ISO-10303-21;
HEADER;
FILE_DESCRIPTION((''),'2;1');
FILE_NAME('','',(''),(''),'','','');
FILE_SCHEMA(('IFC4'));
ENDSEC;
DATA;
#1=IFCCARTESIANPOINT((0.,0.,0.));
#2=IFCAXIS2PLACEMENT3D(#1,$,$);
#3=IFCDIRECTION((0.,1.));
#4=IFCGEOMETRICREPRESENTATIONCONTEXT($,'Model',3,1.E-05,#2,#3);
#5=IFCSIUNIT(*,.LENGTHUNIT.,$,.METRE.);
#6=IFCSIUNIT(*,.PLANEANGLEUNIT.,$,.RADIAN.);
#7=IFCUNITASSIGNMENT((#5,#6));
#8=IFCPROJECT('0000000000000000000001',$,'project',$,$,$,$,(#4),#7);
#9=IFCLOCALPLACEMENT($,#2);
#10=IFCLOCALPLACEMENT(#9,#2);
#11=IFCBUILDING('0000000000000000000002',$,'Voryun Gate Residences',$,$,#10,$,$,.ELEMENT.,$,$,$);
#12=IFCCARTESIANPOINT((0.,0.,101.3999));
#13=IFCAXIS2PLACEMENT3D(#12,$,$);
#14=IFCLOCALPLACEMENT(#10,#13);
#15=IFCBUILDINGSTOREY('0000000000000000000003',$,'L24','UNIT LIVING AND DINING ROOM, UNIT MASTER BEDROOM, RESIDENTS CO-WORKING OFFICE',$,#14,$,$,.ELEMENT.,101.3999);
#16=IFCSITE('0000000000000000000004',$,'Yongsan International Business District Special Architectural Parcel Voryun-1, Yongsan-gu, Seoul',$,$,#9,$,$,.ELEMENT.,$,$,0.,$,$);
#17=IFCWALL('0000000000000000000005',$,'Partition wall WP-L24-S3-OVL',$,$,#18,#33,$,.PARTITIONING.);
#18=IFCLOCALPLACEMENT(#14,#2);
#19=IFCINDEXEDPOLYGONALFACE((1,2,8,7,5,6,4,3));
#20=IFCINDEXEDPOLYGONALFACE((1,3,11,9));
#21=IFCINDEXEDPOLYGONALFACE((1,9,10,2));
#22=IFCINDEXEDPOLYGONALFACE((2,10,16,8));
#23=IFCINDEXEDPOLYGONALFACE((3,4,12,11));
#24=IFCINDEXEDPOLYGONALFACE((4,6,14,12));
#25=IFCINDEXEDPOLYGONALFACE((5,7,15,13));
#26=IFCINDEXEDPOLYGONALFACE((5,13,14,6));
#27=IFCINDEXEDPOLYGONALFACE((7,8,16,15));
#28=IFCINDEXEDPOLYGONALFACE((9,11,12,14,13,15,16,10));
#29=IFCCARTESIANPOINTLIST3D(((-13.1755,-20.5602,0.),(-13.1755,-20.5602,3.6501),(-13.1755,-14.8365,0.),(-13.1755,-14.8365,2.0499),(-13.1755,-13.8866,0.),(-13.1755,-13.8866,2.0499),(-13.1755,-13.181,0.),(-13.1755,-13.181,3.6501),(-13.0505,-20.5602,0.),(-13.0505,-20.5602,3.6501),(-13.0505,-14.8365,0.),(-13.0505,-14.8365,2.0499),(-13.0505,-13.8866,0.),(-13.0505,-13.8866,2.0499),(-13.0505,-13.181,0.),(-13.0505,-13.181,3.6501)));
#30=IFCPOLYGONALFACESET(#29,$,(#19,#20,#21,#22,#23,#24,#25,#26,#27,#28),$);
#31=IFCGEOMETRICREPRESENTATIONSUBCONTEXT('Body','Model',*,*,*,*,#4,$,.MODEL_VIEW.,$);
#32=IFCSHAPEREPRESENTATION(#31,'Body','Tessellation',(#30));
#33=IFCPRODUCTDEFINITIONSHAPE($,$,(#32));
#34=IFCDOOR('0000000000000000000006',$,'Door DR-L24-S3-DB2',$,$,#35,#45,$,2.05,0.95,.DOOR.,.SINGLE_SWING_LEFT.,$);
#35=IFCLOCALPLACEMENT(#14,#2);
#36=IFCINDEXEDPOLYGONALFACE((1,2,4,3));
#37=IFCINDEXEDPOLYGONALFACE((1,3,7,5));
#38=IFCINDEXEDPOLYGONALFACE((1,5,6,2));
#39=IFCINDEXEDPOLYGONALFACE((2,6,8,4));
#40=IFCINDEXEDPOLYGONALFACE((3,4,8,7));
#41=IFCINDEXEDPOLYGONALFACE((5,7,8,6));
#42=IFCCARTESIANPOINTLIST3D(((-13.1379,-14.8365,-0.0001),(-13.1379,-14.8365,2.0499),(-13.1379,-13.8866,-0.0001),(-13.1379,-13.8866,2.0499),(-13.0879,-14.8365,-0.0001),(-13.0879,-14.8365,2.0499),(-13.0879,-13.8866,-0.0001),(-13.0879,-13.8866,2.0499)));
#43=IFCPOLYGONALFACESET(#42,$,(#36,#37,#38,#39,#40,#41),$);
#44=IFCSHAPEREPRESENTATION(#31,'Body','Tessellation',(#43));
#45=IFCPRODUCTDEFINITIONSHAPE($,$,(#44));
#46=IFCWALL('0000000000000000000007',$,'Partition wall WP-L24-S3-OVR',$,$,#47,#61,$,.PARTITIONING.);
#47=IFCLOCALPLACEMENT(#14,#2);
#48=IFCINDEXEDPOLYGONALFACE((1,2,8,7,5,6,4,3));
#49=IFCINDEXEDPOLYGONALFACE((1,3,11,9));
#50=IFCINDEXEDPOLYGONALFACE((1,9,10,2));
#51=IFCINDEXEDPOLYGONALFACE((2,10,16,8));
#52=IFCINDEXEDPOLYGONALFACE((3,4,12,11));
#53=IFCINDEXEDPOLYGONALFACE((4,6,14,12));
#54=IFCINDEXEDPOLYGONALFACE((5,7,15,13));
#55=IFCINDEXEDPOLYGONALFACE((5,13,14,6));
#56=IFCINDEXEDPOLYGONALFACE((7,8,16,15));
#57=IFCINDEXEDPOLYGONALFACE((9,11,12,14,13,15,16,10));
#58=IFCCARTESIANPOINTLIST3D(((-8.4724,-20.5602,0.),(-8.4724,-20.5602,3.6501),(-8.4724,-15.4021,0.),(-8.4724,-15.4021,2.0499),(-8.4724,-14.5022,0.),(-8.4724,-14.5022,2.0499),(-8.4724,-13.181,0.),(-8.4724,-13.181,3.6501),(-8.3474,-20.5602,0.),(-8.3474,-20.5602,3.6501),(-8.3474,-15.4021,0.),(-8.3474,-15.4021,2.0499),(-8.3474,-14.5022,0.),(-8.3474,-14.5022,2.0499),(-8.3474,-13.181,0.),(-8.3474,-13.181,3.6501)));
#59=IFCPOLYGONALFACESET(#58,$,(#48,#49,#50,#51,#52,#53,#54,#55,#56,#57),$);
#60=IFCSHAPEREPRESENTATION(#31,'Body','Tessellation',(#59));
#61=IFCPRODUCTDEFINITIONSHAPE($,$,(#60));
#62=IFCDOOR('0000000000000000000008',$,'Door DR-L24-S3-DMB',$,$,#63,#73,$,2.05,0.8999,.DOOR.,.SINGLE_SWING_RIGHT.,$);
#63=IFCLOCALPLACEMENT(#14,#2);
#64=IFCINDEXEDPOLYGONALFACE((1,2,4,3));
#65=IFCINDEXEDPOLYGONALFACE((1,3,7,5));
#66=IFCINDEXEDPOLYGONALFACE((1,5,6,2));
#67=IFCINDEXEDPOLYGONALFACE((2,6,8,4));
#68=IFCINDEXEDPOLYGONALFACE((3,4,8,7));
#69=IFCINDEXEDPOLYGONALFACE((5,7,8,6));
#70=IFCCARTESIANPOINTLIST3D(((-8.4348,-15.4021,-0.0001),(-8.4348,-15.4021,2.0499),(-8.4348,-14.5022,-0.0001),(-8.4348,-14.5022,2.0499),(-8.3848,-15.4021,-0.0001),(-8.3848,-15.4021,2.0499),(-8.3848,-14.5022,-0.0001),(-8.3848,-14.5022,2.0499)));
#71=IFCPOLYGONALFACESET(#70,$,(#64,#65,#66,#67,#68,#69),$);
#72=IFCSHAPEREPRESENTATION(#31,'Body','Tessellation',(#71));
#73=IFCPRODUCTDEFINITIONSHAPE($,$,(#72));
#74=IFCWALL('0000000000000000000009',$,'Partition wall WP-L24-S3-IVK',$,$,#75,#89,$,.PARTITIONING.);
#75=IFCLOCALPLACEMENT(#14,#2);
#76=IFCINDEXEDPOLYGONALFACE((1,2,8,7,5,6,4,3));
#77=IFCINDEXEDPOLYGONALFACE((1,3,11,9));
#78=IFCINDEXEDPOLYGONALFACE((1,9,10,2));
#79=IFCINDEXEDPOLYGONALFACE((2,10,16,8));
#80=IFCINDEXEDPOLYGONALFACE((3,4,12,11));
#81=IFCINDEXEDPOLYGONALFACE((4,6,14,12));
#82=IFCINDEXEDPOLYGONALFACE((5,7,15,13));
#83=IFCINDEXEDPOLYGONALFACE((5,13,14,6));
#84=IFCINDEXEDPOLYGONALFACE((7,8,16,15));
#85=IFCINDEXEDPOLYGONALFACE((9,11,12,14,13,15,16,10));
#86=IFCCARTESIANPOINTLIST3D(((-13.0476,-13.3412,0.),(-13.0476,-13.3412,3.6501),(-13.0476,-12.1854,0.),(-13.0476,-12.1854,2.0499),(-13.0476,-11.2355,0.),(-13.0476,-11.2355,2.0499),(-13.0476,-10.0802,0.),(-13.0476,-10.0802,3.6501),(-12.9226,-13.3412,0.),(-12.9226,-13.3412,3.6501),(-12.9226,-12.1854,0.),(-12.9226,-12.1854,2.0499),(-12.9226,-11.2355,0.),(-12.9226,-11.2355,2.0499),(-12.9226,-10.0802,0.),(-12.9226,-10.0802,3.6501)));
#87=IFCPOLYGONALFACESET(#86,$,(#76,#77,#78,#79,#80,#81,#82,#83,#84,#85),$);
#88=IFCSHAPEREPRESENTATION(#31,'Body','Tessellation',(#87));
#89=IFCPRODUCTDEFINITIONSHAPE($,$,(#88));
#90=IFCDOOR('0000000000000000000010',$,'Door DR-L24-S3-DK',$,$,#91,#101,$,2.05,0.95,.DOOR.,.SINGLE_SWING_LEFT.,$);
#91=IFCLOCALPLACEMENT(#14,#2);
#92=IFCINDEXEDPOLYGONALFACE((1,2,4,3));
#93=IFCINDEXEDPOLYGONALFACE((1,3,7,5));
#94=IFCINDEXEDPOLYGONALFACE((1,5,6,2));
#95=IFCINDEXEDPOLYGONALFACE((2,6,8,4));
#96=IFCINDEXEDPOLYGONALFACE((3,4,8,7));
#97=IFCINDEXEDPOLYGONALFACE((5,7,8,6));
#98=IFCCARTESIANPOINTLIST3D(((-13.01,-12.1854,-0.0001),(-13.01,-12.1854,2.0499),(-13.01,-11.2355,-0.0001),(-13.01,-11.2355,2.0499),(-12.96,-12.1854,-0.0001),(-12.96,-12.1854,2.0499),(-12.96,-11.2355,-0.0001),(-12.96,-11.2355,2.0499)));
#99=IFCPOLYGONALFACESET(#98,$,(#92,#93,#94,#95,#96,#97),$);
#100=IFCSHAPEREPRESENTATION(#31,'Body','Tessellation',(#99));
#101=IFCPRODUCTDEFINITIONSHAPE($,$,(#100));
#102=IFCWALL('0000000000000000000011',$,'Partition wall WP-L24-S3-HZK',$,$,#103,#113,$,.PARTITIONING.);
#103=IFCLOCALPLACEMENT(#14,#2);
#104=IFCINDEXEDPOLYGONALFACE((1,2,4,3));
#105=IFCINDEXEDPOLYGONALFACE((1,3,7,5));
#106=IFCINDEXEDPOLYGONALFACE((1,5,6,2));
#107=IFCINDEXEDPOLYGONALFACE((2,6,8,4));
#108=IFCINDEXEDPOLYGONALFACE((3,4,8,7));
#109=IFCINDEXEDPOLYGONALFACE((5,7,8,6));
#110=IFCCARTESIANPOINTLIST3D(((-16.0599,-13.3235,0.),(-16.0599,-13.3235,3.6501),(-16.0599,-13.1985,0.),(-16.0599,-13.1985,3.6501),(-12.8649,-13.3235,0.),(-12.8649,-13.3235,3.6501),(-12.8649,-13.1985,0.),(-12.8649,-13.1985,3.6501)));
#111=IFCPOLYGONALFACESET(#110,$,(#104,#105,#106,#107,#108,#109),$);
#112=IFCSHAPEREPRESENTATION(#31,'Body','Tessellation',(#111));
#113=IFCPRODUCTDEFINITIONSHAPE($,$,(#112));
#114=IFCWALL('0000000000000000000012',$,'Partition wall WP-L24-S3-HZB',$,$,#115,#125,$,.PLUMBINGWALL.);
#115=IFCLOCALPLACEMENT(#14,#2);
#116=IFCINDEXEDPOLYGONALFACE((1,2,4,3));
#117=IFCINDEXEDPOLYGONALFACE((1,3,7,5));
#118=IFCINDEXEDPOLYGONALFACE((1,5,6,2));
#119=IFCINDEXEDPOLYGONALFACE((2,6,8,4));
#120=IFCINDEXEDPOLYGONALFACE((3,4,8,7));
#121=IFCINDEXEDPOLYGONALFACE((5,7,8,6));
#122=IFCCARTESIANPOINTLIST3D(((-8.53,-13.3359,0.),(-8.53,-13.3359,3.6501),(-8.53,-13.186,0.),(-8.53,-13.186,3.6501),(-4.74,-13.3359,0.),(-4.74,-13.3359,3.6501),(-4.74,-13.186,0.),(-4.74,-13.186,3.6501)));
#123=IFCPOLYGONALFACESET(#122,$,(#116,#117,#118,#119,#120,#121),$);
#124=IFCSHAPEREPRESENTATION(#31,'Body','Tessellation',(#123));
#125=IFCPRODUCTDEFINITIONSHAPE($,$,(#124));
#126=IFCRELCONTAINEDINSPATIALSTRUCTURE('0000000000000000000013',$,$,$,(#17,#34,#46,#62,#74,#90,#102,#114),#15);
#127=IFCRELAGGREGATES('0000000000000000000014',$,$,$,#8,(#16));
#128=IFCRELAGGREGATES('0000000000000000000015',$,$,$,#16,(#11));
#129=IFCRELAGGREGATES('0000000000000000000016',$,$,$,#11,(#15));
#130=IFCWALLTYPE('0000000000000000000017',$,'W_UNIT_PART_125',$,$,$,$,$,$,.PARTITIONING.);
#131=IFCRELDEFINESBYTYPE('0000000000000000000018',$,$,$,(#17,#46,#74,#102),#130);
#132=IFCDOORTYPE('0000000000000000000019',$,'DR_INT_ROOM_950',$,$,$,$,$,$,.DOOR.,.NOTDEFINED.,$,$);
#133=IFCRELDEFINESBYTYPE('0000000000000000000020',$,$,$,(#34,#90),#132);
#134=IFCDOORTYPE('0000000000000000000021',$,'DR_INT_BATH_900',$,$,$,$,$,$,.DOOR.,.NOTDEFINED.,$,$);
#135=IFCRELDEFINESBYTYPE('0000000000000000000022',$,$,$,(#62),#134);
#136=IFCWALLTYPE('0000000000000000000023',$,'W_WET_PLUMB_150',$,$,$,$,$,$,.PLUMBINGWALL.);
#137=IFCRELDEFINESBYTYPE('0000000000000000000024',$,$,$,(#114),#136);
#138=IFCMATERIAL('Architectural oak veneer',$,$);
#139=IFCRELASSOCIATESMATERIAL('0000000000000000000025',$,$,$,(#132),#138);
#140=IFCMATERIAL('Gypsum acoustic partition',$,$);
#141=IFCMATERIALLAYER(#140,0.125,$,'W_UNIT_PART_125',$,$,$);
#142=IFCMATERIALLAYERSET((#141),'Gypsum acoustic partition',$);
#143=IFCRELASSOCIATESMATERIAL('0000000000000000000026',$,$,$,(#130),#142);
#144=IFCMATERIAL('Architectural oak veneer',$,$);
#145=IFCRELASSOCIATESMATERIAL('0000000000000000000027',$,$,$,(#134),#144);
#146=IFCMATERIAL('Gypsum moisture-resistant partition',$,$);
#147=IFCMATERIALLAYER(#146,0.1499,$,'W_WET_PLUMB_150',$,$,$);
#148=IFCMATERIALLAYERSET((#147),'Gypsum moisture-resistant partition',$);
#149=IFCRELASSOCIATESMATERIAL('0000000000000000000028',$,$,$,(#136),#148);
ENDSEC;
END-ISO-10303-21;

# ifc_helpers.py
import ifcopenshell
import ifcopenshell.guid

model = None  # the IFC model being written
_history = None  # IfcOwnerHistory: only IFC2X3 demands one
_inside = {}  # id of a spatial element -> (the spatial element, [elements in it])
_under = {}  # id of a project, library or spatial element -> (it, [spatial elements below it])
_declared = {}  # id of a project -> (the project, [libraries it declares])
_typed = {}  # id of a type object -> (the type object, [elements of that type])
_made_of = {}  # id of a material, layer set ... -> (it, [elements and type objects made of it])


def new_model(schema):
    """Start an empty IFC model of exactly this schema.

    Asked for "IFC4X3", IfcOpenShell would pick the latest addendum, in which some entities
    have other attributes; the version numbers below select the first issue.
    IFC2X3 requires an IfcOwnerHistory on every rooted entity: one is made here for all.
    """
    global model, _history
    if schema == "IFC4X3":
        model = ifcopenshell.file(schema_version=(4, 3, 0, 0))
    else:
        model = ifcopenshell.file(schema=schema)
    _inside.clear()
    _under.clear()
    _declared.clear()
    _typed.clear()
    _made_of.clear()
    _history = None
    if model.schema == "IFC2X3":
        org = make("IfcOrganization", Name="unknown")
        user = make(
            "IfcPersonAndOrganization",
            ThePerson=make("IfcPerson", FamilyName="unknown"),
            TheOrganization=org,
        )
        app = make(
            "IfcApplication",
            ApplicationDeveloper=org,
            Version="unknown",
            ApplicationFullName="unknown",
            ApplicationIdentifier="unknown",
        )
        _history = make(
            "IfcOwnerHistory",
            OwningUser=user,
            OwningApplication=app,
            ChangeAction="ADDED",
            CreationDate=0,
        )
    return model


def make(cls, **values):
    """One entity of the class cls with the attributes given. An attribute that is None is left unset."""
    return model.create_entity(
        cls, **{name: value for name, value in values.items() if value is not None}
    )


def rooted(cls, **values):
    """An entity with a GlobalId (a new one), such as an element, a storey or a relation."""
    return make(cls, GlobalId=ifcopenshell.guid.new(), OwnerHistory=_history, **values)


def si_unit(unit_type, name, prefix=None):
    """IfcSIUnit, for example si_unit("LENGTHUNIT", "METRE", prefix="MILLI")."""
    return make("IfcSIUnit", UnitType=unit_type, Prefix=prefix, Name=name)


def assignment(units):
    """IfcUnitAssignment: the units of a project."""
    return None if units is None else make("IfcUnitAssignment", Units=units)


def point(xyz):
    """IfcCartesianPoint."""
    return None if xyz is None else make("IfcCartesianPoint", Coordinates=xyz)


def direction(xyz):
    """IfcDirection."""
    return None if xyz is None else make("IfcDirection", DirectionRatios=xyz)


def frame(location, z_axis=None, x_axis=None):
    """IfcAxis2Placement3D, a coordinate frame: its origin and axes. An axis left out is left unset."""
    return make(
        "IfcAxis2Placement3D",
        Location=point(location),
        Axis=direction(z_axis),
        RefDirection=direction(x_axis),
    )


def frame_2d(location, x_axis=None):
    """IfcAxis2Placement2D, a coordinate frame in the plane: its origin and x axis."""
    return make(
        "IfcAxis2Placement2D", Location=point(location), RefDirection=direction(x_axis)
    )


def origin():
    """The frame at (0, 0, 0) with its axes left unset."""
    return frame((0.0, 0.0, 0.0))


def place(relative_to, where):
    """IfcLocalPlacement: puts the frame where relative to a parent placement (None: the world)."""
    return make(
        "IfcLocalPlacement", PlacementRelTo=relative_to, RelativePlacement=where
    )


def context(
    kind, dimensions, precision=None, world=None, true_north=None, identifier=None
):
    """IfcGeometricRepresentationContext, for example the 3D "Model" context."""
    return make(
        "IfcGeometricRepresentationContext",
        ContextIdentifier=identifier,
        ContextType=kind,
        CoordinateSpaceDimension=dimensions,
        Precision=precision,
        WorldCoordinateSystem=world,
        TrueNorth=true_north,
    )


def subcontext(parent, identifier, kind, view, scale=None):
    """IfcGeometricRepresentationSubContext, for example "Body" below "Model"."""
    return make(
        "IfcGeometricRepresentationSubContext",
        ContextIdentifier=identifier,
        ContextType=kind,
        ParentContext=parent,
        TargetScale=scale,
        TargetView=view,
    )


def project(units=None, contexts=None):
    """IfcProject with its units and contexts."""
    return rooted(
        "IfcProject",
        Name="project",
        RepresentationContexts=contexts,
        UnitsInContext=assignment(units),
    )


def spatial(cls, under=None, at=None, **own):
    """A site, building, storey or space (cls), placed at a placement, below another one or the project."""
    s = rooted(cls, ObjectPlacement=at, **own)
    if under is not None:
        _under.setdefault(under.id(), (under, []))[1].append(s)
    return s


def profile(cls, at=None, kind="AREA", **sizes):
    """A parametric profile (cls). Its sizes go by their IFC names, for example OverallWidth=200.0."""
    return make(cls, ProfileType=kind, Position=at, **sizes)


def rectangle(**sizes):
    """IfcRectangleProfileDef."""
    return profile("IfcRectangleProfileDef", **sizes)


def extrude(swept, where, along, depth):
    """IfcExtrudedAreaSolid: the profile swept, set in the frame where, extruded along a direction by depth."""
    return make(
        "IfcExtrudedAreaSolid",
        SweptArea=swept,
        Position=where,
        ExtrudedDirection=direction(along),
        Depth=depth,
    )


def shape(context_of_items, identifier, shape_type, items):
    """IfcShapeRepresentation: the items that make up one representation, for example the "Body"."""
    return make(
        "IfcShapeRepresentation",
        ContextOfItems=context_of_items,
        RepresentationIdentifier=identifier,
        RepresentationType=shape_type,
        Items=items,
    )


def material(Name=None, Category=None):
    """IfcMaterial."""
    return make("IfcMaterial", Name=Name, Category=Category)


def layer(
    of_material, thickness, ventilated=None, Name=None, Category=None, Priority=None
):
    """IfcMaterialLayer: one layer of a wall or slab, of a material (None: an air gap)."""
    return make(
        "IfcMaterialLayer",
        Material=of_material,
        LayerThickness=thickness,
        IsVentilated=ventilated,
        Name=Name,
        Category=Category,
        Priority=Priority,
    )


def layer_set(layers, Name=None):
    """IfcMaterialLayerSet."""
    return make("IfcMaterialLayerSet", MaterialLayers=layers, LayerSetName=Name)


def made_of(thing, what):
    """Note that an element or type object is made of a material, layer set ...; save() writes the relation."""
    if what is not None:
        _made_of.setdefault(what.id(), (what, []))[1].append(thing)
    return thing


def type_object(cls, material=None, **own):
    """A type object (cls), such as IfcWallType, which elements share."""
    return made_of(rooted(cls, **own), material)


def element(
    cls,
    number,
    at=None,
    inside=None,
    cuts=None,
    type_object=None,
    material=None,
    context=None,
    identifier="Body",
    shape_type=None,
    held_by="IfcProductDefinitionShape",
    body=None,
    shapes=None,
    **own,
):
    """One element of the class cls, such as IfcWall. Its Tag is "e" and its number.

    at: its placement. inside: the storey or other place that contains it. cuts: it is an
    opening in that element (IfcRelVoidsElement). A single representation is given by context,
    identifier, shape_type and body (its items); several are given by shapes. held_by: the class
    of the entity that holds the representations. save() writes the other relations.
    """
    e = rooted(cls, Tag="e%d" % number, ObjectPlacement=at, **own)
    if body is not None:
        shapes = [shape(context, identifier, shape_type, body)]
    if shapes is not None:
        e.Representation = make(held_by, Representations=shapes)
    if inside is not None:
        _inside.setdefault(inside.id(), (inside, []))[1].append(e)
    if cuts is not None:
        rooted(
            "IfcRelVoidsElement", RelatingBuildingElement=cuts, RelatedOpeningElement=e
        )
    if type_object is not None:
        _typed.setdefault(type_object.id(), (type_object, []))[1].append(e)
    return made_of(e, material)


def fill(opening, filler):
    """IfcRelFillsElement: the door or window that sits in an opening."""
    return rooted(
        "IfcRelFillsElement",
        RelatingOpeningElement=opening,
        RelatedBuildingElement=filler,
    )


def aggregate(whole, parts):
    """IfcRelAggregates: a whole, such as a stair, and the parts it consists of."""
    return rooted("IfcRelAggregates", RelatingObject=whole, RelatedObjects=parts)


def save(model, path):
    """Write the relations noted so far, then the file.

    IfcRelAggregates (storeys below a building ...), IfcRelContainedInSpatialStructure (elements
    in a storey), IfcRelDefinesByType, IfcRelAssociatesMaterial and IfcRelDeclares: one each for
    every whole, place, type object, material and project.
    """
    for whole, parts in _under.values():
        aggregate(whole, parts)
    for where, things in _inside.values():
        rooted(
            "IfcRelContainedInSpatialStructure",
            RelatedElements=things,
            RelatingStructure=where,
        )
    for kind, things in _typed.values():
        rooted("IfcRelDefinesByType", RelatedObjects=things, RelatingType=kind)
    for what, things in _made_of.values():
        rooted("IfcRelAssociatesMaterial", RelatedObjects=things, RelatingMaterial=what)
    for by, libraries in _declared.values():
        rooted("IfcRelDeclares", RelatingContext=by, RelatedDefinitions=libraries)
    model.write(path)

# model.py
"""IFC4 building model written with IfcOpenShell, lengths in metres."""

from ifc_helpers import new_model, si_unit, direction, frame, frame_2d, origin, place, context, subcontext, project, spatial, rectangle, extrude, material, layer, layer_set, type_object, element, fill, save


model = new_model("IFC4")

# Units and contexts
model_context = context("Model", 3, precision=1e-05, world=origin(), true_north=direction((0.0, 1.0)))
body_context = subcontext(model_context, "Body", "Model", "MODEL_VIEW")
ifc_project = project(units=[si_unit("LENGTHUNIT", "METRE"), si_unit("PLANEANGLEUNIT", "RADIAN")], contexts=[model_context])

# Site, building, storey
site_placement = place(None, origin())
site = spatial("IfcSite", under=ifc_project, at=site_placement, Name="Yongsan International Business District Special Architectural Parcel Voryun-1, Yongsan-gu, Seoul", CompositionType="ELEMENT", RefElevation=0.0)
building_placement = place(site_placement, origin())
building = spatial("IfcBuilding", under=site, at=building_placement, Name="Voryun Gate Residences", CompositionType="ELEMENT")
storey_placement = place(building_placement, frame((0.0, 0.0, 101.3999)))
storey = spatial("IfcBuildingStorey", under=building, at=storey_placement, Name="L24", Description="UNIT LIVING AND DINING ROOM, UNIT MASTER BEDROOM, RESIDENTS CO-WORKING OFFICE", CompositionType="ELEMENT", Elevation=101.3999)

# Shared definitions
ifc_material_1 = material(Name="Architectural oak veneer")
door_type_1 = type_object("IfcDoorType", Name="DR_INT_ROOM_950", OperationType="NOTDEFINED", PredefinedType="DOOR", material=ifc_material_1)

# Walls, openings, doors
ifc_material_2 = material(Name="Gypsum acoustic partition")
ifc_layer_1 = layer(ifc_material_2, 0.125, Name="W_UNIT_PART_125")
ifc_layer_set_1 = layer_set([ifc_layer_1], Name="Gypsum acoustic partition")
wall_type_1 = type_object("IfcWallType", Name="W_UNIT_PART_125", PredefinedType="PARTITIONING", material=ifc_layer_set_1)
wall_1_placement = place(storey_placement, frame((-13.113, -20.5601, 0.0), z_axis=(0.0, 0.0, 1.0), x_axis=(0.0, 1.0, 0.0)))
wall_1 = element("IfcWall", 1, at=wall_1_placement, inside=storey, type_object=wall_type_1, Name="Partition wall WP-L24-S3-OVL", PredefinedType="PARTITIONING", context=body_context, shape_type="SweptSolid", body=[
    extrude(rectangle(XDim=7.3792, YDim=0.125, at=frame_2d((3.6895, 0.0))), origin(), (0.0, 0.0, 1.0), 3.6501),
])
opening_1_placement = place(wall_1_placement, frame((5.7234, 0.0, 0.0)))
opening_1 = element("IfcOpeningElement", 2, at=opening_1_placement, cuts=wall_1, PredefinedType="OPENING", context=body_context, shape_type="SweptSolid", body=[
    extrude(rectangle(XDim=0.95, YDim=2.05, at=frame_2d((0.4751, 1.0249))), frame((0.0, 0.0725, 0.0), z_axis=(0.0, -1.0, 0.0), x_axis=(1.0, 0.0, 0.0)), (0.0, 0.0, 1.0), 0.145),
])
door_1_placement = place(opening_1_placement, origin())
door_1 = element("IfcDoor", 3, at=door_1_placement, inside=storey, type_object=door_type_1, Name="Door DR-L24-S3-DB2", OperationType="SINGLE_SWING_LEFT", OverallHeight=2.05, OverallWidth=0.95, PredefinedType="DOOR", context=body_context, shape_type="SweptSolid", body=[
    extrude(rectangle(XDim=0.95, YDim=2.05, at=frame_2d((0.4751, 1.0249))), frame((0.0, 0.0249, 0.0), z_axis=(0.0, -1.0, 0.0), x_axis=(1.0, 0.0, 0.0)), (0.0, 0.0, 1.0), 0.05),
])
fill(opening_1, door_1)
wall_2_placement = place(storey_placement, frame((-8.4099, -20.5601, 0.0), z_axis=(0.0, 0.0, 1.0), x_axis=(0.0, 1.0, 0.0)))
wall_2 = element("IfcWall", 4, at=wall_2_placement, inside=storey, type_object=wall_type_1, Name="Partition wall WP-L24-S3-OVR", PredefinedType="PARTITIONING", context=body_context, shape_type="SweptSolid", body=[
    extrude(rectangle(XDim=7.3792, YDim=0.125, at=frame_2d((3.6895, 0.0))), origin(), (0.0, 0.0, 1.0), 3.6501),
])
opening_2_placement = place(wall_2_placement, frame((5.158, 0.0, 0.0)))
opening_2 = element("IfcOpeningElement", 5, at=opening_2_placement, cuts=wall_2, PredefinedType="OPENING", context=body_context, shape_type="SweptSolid", body=[
    extrude(rectangle(XDim=0.8999, YDim=2.05, at=frame_2d((0.45, 1.0249))), frame((0.0, 0.0725, 0.0), z_axis=(0.0, -1.0, 0.0), x_axis=(1.0, 0.0, 0.0)), (0.0, 0.0, 1.0), 0.145),
])
ifc_material_3 = material(Name="Architectural oak veneer")
door_type_2 = type_object("IfcDoorType", Name="DR_INT_BATH_900", OperationType="NOTDEFINED", PredefinedType="DOOR", material=ifc_material_3)
door_2_placement = place(opening_2_placement, origin())
door_2 = element("IfcDoor", 6, at=door_2_placement, inside=storey, type_object=door_type_2, Name="Door DR-L24-S3-DMB", OperationType="SINGLE_SWING_RIGHT", OverallHeight=2.05, OverallWidth=0.8999, PredefinedType="DOOR", context=body_context, shape_type="SweptSolid", body=[
    extrude(rectangle(XDim=0.8999, YDim=2.05, at=frame_2d((0.45, 1.0249))), frame((0.0, 0.0249, 0.0), z_axis=(0.0, -1.0, 0.0), x_axis=(1.0, 0.0, 0.0)), (0.0, 0.0, 1.0), 0.05),
])
fill(opening_2, door_2)
wall_3_placement = place(storey_placement, frame((-12.9851, -13.3411, 0.0), z_axis=(0.0, 0.0, 1.0), x_axis=(0.0, 1.0, 0.0)))
wall_3 = element("IfcWall", 7, at=wall_3_placement, inside=storey, type_object=wall_type_1, Name="Partition wall WP-L24-S3-IVK", PredefinedType="PARTITIONING", context=body_context, shape_type="SweptSolid", body=[
    extrude(rectangle(XDim=3.261, YDim=0.125, at=frame_2d((1.6304, 0.0))), origin(), (0.0, 0.0, 1.0), 3.6501),
])
opening_3_placement = place(wall_3_placement, frame((1.1555, 0.0, 0.0)))
opening_3 = element("IfcOpeningElement", 8, at=opening_3_placement, cuts=wall_3, PredefinedType="OPENING", context=body_context, shape_type="SweptSolid", body=[
    extrude(rectangle(XDim=0.95, YDim=2.05, at=frame_2d((0.4751, 1.0249))), frame((0.0, 0.0725, 0.0), z_axis=(0.0, -1.0, 0.0), x_axis=(1.0, 0.0, 0.0)), (0.0, 0.0, 1.0), 0.145),
])
door_3_placement = place(opening_3_placement, origin())
door_3 = element("IfcDoor", 9, at=door_3_placement, inside=storey, type_object=door_type_1, Name="Door DR-L24-S3-DK", OperationType="SINGLE_SWING_LEFT", OverallHeight=2.05, OverallWidth=0.95, PredefinedType="DOOR", context=body_context, shape_type="SweptSolid", body=[
    extrude(rectangle(XDim=0.95, YDim=2.05, at=frame_2d((0.4751, 1.0249))), frame((0.0, 0.0249, 0.0), z_axis=(0.0, -1.0, 0.0), x_axis=(1.0, 0.0, 0.0)), (0.0, 0.0, 1.0), 0.05),
])
fill(opening_3, door_3)

# Walls
wall_4_placement = place(storey_placement, frame((-16.0601, -13.261, 0.0), z_axis=(0.0, 0.0, 1.0), x_axis=(1.0, 0.0, 0.0)))
element("IfcWall", 10, at=wall_4_placement, inside=storey, type_object=wall_type_1, Name="Partition wall WP-L24-S3-HZK", PredefinedType="PARTITIONING", context=body_context, shape_type="SweptSolid", body=[
    extrude(rectangle(XDim=3.1951, YDim=0.125, at=frame_2d((1.5977, 0.0))), origin(), (0.0, 0.0, 1.0), 3.6501),
])
ifc_material_4 = material(Name="Gypsum moisture-resistant partition")
ifc_layer_2 = layer(ifc_material_4, 0.1499, Name="W_WET_PLUMB_150")
ifc_layer_set_2 = layer_set([ifc_layer_2], Name="Gypsum moisture-resistant partition")
wall_type_2 = type_object("IfcWallType", Name="W_WET_PLUMB_150", PredefinedType="PLUMBINGWALL", material=ifc_layer_set_2)
wall_5_placement = place(storey_placement, frame((-8.53, -13.261, 0.0), z_axis=(0.0, 0.0, 1.0), x_axis=(1.0, 0.0, 0.0)))
element("IfcWall", 11, at=wall_5_placement, inside=storey, type_object=wall_type_2, Name="Partition wall WP-L24-S3-HZB", PredefinedType="PLUMBINGWALL", context=body_context, shape_type="SweptSolid", body=[
    extrude(rectangle(XDim=3.79, YDim=0.1499, at=frame_2d((1.895, 0.0))), origin(), (0.0, 0.0, 1.0), 3.6501),
])

save(model, "model.ifc")
